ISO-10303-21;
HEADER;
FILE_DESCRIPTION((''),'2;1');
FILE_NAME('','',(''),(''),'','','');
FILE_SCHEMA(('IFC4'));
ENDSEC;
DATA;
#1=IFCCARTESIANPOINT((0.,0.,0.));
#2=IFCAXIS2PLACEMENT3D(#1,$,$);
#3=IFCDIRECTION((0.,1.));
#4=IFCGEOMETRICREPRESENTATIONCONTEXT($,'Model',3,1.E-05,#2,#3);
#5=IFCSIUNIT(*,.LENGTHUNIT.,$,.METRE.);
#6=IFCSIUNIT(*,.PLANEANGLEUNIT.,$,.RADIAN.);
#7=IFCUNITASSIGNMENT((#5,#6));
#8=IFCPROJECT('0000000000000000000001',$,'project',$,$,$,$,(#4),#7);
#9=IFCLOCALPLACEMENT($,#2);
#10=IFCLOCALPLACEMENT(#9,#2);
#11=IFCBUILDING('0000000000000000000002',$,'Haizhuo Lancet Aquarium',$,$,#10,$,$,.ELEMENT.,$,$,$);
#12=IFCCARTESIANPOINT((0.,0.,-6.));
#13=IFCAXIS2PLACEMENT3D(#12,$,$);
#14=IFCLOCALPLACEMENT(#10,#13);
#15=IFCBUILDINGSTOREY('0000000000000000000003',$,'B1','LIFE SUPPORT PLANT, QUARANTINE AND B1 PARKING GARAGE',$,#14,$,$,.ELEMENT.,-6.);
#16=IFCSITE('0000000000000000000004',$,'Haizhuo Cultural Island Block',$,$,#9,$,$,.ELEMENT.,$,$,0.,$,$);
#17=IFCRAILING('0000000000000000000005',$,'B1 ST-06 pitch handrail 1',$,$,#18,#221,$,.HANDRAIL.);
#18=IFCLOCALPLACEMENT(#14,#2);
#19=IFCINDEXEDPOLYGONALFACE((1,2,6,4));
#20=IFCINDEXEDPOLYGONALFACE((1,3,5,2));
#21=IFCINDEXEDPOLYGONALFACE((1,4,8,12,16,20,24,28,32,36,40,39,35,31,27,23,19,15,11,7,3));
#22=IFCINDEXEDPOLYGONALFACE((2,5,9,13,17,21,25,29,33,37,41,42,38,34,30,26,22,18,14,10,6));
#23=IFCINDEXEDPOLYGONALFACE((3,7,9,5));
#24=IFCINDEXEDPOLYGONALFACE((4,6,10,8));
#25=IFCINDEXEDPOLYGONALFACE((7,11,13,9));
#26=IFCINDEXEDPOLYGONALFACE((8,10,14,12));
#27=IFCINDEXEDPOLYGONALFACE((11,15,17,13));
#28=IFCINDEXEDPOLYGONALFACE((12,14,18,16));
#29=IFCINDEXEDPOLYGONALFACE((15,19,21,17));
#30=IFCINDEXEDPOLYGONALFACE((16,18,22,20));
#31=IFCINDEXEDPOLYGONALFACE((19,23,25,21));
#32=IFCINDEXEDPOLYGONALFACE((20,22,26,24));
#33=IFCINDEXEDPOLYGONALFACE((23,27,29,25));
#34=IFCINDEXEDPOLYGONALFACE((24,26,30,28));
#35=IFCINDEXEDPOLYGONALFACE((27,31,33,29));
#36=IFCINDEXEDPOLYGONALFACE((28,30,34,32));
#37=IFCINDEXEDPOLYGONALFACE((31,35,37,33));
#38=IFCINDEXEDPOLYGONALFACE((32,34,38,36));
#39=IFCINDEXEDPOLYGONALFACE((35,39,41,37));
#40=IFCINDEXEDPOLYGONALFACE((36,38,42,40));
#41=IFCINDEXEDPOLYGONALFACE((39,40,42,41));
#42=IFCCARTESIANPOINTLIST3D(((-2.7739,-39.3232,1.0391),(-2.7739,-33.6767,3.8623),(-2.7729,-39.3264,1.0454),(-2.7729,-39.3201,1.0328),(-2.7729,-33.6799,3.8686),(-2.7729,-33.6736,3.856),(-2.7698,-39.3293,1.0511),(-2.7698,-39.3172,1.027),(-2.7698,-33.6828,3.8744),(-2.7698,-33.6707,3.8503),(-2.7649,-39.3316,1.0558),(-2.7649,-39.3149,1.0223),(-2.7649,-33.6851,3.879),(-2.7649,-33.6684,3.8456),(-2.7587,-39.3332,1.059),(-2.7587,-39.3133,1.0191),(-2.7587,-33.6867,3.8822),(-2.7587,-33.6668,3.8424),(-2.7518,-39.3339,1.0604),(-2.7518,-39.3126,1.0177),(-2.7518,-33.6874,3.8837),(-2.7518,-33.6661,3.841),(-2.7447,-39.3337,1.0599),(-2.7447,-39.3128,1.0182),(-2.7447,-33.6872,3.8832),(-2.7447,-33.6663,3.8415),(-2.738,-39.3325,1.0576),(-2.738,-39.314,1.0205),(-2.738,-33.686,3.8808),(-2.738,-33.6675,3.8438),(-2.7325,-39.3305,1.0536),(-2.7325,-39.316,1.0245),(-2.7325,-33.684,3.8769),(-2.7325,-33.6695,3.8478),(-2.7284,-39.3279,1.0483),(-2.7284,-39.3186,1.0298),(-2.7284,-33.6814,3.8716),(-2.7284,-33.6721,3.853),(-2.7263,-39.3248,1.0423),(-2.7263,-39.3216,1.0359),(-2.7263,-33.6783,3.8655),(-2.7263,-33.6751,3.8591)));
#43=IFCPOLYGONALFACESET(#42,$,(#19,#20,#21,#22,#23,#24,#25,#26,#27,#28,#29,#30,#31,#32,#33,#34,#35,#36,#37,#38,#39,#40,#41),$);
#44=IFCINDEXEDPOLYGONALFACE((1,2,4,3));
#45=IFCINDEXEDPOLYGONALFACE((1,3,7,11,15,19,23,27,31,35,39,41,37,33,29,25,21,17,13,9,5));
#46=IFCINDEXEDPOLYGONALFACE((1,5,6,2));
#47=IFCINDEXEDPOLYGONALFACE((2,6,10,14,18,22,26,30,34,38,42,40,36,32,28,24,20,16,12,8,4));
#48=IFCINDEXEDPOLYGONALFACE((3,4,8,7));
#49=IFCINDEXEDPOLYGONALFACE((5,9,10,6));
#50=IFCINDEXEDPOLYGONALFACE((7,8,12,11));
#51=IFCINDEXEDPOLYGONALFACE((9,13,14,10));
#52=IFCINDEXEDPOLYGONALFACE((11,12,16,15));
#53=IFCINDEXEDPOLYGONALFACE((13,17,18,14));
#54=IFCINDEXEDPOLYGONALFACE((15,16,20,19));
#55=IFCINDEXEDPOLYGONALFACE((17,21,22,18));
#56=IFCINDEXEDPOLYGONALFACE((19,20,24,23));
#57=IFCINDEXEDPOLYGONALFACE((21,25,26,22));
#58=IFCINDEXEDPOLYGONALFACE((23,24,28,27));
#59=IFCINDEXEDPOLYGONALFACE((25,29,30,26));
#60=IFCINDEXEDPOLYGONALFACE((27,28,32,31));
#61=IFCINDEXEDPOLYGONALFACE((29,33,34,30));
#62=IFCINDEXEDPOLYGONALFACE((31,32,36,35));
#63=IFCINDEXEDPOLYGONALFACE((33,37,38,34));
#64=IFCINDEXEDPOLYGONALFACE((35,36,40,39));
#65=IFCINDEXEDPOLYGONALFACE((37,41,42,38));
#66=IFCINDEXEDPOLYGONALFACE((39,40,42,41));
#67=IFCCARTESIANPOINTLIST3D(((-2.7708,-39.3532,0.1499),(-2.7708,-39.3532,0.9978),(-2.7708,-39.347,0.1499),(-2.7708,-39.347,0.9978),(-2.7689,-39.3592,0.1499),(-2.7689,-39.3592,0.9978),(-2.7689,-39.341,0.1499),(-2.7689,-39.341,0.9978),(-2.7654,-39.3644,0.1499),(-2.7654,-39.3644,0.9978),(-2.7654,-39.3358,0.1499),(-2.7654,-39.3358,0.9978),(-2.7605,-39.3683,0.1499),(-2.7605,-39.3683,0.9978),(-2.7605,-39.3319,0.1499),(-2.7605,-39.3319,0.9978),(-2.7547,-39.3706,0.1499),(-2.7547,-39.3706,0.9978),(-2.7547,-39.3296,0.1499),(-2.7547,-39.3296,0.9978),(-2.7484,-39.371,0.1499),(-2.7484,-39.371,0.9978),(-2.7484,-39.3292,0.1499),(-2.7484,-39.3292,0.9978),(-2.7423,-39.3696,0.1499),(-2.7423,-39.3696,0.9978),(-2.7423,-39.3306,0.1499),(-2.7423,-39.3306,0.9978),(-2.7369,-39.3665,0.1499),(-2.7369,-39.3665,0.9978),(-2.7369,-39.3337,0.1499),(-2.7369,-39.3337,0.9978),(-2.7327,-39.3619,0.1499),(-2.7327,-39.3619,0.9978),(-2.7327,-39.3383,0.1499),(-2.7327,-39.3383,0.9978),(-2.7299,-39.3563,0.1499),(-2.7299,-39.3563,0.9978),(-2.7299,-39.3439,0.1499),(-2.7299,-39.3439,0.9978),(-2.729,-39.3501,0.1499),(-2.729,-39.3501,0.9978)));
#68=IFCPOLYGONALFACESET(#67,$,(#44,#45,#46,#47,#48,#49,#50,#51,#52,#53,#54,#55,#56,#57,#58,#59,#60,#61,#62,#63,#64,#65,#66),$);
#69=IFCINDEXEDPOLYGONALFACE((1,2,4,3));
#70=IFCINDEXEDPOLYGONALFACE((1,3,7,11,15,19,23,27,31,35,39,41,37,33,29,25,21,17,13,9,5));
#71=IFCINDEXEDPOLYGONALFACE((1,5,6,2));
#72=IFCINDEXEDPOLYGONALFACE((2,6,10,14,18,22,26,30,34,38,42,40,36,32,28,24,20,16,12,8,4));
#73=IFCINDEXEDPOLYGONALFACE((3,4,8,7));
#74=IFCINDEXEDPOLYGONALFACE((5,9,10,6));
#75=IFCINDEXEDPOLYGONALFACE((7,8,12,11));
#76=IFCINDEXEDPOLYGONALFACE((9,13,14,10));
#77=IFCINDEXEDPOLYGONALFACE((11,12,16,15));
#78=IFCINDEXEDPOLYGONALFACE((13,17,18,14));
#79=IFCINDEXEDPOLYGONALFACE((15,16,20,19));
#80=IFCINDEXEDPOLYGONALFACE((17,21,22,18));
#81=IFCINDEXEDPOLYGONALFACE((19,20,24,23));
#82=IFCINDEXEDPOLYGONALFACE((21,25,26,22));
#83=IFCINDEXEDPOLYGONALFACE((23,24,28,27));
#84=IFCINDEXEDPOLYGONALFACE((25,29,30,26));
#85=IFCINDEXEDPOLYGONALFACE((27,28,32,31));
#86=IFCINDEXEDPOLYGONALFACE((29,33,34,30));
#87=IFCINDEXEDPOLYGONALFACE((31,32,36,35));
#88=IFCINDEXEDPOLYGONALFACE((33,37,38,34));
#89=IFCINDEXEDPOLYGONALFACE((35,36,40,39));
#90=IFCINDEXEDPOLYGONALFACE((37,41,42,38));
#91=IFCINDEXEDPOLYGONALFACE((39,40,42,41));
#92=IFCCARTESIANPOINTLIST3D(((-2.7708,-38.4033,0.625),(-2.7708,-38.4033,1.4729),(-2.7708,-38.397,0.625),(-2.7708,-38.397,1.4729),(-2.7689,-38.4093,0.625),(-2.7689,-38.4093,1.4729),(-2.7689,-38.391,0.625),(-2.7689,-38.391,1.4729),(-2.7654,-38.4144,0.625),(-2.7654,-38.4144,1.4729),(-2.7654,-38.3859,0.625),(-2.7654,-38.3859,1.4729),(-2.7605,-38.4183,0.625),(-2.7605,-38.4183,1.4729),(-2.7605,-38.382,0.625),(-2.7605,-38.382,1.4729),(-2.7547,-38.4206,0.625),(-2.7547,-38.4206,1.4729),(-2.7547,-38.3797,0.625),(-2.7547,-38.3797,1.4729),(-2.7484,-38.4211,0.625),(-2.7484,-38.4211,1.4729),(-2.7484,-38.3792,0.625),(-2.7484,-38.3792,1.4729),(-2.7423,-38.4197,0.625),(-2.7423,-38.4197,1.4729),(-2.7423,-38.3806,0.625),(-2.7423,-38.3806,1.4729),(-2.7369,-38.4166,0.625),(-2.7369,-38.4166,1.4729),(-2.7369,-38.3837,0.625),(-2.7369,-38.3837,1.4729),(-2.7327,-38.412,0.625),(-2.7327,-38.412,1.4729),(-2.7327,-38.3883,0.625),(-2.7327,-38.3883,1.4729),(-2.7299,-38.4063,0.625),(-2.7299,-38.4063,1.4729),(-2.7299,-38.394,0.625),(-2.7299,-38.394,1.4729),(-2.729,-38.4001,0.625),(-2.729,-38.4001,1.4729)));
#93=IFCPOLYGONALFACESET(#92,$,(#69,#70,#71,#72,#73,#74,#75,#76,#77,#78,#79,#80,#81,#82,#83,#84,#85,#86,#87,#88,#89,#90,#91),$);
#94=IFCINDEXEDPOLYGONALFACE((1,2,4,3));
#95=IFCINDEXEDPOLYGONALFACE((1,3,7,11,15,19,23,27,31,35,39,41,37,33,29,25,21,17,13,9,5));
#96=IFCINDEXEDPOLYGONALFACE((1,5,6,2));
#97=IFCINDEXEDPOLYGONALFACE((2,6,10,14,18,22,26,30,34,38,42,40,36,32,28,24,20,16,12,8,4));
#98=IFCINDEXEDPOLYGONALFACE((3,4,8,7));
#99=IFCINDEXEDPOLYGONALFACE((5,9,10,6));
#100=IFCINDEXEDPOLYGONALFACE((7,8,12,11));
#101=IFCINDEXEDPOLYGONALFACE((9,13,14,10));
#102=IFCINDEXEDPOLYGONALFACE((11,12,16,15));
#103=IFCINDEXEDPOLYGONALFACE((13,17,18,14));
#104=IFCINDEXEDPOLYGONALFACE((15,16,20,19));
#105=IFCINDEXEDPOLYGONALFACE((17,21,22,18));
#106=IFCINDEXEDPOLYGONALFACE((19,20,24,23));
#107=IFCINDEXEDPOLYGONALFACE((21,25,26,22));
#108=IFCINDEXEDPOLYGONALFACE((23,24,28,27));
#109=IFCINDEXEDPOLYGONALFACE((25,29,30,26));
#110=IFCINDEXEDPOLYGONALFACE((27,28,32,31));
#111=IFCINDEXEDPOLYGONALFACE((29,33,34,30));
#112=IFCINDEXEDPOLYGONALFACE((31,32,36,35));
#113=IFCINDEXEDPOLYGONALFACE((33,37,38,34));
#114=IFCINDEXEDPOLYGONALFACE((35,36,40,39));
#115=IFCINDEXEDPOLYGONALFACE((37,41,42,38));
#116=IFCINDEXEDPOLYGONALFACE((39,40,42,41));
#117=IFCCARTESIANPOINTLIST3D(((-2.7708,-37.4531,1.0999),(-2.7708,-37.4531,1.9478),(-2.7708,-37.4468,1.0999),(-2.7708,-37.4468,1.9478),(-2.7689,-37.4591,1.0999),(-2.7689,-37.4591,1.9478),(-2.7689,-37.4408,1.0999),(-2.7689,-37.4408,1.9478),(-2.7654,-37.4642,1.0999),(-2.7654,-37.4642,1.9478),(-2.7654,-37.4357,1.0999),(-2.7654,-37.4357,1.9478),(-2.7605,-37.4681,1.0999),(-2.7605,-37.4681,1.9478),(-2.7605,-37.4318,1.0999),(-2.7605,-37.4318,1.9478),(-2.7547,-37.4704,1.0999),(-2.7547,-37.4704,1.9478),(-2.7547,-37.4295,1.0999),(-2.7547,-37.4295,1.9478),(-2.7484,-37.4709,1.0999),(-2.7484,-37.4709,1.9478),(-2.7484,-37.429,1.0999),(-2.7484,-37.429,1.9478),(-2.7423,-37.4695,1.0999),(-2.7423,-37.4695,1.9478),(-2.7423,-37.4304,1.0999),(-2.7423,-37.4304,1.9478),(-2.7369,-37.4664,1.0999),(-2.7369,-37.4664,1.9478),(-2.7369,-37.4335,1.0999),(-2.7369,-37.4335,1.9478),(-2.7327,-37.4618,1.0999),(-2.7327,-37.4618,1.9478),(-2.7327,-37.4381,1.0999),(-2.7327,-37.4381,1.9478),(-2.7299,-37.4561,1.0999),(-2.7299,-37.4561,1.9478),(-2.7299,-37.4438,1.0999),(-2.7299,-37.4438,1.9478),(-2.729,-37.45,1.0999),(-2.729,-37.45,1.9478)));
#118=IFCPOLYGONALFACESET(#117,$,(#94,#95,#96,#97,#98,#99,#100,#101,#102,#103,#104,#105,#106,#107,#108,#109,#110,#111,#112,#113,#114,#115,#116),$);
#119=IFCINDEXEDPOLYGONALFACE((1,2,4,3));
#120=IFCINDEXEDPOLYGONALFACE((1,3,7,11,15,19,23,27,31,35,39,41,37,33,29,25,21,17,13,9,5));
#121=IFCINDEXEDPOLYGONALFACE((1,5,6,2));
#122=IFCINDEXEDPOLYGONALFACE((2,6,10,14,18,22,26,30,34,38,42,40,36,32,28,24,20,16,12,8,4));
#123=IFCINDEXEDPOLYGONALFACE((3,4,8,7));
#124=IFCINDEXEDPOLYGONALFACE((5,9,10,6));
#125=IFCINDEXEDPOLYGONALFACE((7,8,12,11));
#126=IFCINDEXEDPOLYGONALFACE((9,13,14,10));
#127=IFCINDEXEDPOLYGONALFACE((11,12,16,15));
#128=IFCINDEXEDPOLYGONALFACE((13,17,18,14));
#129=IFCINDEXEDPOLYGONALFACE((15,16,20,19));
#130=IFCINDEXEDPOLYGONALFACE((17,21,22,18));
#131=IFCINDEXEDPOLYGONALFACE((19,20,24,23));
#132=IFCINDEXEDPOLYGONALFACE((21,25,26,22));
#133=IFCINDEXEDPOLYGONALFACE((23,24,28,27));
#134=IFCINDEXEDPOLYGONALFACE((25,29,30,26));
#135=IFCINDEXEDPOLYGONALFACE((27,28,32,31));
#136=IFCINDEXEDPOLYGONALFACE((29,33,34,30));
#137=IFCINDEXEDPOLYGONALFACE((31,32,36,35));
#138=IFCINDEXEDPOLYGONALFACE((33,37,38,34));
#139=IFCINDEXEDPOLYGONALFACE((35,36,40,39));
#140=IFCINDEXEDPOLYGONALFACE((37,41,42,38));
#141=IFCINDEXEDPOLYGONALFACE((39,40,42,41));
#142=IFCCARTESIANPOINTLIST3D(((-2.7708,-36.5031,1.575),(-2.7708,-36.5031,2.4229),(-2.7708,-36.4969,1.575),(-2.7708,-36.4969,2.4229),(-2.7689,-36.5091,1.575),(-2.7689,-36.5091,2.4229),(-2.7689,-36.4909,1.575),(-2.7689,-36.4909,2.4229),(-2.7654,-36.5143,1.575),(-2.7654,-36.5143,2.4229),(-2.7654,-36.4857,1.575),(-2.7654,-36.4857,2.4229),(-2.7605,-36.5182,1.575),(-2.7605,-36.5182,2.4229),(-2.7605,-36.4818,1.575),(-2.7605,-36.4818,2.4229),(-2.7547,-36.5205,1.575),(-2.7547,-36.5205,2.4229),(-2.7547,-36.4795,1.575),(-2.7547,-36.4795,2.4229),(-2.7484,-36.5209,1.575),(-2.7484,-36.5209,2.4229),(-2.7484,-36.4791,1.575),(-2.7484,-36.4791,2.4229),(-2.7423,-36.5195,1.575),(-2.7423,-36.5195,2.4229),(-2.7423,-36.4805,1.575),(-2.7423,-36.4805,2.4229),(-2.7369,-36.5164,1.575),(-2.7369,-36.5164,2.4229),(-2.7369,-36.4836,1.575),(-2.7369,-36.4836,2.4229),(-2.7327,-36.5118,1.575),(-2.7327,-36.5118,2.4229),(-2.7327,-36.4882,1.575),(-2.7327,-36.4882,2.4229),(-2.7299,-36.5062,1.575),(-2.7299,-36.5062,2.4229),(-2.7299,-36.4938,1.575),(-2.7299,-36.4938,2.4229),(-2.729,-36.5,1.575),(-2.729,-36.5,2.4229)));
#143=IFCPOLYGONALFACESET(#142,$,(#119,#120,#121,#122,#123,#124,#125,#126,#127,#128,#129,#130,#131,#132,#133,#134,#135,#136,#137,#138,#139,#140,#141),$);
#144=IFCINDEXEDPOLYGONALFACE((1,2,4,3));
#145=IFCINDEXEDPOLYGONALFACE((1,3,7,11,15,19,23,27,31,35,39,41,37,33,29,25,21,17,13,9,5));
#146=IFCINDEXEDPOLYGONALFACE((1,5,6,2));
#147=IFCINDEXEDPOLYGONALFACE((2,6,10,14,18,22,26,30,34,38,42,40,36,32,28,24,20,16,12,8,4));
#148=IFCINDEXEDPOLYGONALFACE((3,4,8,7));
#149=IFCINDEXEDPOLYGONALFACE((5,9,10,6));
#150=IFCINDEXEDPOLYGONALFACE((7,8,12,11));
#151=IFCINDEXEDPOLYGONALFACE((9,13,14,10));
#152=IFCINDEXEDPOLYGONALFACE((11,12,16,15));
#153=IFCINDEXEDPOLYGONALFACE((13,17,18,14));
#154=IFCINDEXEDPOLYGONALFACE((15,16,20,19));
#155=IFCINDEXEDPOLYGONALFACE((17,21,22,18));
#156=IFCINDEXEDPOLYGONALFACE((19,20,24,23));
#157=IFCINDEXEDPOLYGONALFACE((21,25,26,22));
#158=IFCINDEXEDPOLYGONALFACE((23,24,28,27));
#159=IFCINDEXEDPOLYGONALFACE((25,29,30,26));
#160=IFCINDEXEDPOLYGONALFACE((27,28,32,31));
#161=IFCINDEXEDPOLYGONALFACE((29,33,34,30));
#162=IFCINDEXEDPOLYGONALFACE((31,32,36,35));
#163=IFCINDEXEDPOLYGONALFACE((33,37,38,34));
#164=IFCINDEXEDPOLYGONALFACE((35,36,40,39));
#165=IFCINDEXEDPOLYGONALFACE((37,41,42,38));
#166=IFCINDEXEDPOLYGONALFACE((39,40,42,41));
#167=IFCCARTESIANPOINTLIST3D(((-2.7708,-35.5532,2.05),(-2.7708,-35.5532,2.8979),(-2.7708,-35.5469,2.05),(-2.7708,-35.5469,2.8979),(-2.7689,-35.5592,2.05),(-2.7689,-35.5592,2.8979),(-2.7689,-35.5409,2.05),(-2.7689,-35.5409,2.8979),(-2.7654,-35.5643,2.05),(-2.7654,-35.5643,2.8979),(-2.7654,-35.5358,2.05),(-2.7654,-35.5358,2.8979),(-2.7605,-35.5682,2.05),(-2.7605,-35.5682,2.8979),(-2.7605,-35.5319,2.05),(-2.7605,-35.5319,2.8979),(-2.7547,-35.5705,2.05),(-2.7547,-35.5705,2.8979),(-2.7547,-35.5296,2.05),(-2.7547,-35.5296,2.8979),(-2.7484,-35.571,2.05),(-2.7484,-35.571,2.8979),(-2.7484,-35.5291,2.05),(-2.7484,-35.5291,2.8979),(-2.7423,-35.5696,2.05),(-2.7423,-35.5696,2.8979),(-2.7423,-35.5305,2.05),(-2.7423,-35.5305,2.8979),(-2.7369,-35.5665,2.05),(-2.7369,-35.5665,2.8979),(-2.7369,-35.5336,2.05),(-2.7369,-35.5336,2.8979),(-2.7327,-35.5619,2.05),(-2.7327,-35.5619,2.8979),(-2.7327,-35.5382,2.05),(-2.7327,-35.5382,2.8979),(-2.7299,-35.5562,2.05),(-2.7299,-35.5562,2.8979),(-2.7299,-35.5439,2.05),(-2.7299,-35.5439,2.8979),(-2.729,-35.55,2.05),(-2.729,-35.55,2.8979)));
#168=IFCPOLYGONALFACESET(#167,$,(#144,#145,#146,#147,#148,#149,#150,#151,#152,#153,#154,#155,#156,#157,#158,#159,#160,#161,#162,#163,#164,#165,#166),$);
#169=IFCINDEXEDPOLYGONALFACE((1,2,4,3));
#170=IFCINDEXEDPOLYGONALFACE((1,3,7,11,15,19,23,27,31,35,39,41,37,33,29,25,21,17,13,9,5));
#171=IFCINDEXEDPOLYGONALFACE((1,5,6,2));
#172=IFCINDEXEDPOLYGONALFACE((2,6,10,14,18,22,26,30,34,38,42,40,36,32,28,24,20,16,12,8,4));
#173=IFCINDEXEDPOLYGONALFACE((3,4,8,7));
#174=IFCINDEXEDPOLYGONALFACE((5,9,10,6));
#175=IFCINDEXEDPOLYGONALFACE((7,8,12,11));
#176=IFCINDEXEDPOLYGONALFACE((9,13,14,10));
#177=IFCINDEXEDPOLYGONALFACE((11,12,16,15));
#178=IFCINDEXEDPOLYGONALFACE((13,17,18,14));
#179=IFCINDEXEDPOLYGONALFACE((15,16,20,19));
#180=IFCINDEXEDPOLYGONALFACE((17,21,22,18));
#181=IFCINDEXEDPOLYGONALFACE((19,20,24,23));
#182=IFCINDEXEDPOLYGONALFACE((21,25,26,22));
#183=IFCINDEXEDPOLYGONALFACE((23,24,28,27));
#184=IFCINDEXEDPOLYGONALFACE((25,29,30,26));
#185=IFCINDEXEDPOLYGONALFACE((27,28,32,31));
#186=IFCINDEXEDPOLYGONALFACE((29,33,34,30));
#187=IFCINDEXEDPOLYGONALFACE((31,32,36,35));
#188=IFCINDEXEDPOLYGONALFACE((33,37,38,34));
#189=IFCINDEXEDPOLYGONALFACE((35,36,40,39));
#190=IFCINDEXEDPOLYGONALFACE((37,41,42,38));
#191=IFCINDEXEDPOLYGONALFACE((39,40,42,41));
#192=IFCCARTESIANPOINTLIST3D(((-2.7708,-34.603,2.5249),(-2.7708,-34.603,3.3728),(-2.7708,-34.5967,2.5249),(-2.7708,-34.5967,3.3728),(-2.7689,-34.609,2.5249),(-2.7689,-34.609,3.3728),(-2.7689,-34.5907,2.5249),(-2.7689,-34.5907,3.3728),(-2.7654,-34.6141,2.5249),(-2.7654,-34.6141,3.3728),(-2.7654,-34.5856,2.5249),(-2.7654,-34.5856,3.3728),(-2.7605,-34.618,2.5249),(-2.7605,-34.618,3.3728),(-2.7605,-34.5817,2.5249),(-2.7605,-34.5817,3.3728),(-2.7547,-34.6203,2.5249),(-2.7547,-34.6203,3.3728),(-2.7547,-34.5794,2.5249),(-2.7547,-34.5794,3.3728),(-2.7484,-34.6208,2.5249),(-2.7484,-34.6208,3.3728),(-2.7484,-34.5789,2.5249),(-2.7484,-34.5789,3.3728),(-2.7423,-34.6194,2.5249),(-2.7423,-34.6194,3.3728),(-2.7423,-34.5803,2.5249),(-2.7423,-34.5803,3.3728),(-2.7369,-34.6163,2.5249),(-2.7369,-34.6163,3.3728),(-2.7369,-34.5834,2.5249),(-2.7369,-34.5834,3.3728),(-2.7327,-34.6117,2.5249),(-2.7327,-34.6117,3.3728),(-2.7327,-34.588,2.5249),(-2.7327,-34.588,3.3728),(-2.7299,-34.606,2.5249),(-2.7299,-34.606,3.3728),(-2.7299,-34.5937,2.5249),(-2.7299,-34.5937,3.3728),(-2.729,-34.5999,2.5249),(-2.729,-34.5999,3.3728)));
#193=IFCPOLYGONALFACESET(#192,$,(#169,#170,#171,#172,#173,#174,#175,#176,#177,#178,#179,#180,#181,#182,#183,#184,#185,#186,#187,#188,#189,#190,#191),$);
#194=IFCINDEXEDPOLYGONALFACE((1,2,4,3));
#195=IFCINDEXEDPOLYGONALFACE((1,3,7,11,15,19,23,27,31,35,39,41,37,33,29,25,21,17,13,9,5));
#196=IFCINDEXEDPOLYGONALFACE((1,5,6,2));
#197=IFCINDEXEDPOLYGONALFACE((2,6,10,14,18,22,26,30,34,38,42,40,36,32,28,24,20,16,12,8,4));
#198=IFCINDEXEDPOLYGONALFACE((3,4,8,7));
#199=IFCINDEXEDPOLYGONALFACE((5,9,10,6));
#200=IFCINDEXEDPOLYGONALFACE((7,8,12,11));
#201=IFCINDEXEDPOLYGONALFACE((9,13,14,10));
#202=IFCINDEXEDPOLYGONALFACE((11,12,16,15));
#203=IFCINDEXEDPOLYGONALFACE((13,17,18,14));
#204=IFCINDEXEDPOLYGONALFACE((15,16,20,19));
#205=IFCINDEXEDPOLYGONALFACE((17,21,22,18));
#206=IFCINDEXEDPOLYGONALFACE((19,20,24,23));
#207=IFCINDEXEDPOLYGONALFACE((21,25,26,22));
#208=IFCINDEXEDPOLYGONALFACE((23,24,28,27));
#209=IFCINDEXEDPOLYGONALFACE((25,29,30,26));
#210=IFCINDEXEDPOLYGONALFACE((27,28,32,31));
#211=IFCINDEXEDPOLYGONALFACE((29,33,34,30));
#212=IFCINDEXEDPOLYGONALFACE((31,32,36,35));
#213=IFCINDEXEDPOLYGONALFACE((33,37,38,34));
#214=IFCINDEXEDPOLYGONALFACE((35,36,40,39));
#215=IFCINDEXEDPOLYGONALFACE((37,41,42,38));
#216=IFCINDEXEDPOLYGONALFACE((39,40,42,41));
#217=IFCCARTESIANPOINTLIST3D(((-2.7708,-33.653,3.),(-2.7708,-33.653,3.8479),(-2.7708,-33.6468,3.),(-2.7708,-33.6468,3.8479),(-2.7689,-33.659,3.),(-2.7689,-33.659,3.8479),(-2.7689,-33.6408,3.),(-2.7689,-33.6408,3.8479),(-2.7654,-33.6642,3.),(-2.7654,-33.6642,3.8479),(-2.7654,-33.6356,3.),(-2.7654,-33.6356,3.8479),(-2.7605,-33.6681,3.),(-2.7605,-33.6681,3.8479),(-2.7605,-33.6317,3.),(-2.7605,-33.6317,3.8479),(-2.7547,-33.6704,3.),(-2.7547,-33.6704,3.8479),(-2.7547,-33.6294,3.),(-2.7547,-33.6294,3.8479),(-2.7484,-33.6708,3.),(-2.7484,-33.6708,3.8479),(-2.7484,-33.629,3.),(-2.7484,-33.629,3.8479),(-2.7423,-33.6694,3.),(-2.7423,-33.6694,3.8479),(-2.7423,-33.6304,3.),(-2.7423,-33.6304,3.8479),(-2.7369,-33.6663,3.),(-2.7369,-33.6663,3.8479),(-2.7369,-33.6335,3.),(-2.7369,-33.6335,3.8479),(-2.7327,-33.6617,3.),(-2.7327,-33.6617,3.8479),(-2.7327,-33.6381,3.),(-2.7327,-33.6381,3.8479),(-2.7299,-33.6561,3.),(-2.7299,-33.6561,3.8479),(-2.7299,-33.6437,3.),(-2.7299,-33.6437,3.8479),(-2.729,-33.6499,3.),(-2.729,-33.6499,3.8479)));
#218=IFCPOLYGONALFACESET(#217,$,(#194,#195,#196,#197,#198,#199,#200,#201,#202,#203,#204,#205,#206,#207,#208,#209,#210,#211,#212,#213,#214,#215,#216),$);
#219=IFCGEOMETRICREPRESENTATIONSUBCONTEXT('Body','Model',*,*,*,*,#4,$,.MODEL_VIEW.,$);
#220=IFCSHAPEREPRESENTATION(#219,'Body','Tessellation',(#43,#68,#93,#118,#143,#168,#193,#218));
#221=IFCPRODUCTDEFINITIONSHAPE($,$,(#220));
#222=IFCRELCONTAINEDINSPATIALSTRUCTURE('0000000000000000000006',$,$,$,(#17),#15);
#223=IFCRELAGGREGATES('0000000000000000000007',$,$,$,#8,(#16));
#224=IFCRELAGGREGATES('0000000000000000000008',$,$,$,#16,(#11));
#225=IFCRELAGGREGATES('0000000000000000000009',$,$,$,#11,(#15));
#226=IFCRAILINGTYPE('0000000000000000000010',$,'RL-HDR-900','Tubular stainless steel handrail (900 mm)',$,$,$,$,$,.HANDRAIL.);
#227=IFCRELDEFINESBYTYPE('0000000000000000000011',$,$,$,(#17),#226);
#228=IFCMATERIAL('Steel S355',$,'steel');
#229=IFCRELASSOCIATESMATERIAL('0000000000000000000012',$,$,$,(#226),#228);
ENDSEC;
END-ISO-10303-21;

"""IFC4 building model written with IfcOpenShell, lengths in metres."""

from ifc_helpers import new_model, si_unit, direction, frame, origin, origin_2d, place, context, subcontext, project, spatial, circle, extrude, material, type_object, element, save


model = new_model("IFC4")

# Units and contexts
model_context = context("Model", 3, precision=1e-05, world=origin(), true_north=direction((0.0, 1.0)))
body_context = subcontext(model_context, "Body", "Model", "MODEL_VIEW")
ifc_project = project(units=[si_unit("LENGTHUNIT", "METRE"), si_unit("PLANEANGLEUNIT", "RADIAN")], contexts=[model_context])

# Site, building, storey
site_placement = place(None, origin())
site = spatial("IfcSite", under=ifc_project, at=site_placement, Name="Haizhuo Cultural Island Block", CompositionType="ELEMENT", RefElevation=0.0)
building_placement = place(site_placement, origin())
building = spatial("IfcBuilding", under=site, at=building_placement, Name="Haizhuo Lancet Aquarium", CompositionType="ELEMENT")
storey_placement = place(building_placement, frame((0.0, 0.0, -6.0)))
storey = spatial("IfcBuildingStorey", under=building, at=storey_placement, Name="B1", Description="LIFE SUPPORT PLANT, QUARANTINE AND B1 PARKING GARAGE", CompositionType="ELEMENT", Elevation=-6.0)

# Shared definitions
ifc_material_1 = material(Name="Steel S355", Category="steel")

# Railing
railing_type_1 = type_object("IfcRailingType", Name="RL-HDR-900", Description="Tubular stainless steel handrail (900 mm)", PredefinedType="HANDRAIL", material=ifc_material_1)
railing_1_placement = place(storey_placement, frame((-2.75, -39.3501, 0.1499)))
element("IfcRailing", 1, at=railing_1_placement, inside=storey, type_object=railing_type_1, Name="B1 ST-06 pitch handrail 1", PredefinedType="HANDRAIL", context=body_context, shape_type="SweptSolid", body=[
    extrude(circle(Radius=0.0239, at=origin_2d()), frame((0.0, 0.0269, 0.8892), z_axis=(0.0, 0.894427, 0.447214), x_axis=(-1.0, 0.0, 0.0)), (0.0, 0.0, 1.0), 6.313),
    extrude(circle(Radius=0.021, at=origin_2d()), origin(), (0.0, 0.0, 1.0), 0.8479),
    extrude(circle(Radius=0.021, at=origin_2d()), frame((0.0, 0.95, 0.4751)), (0.0, 0.0, 1.0), 0.8479),
    extrude(circle(Radius=0.021, at=origin_2d()), frame((0.0, 1.9001, 0.95)), (0.0, 0.0, 1.0), 0.8479),
    extrude(circle(Radius=0.021, at=origin_2d()), frame((0.0, 2.8501, 1.425)), (0.0, 0.0, 1.0), 0.8479),
    extrude(circle(Radius=0.021, at=origin_2d()), frame((0.0, 3.8, 1.9001)), (0.0, 0.0, 1.0), 0.8479),
    extrude(circle(Radius=0.021, at=origin_2d()), frame((0.0, 4.7502, 2.375)), (0.0, 0.0, 1.0), 0.8479),
    extrude(circle(Radius=0.021, at=origin_2d()), frame((0.0, 5.7002, 2.8501)), (0.0, 0.0, 1.0), 0.8479),
])

save(model, "model.ifc")
